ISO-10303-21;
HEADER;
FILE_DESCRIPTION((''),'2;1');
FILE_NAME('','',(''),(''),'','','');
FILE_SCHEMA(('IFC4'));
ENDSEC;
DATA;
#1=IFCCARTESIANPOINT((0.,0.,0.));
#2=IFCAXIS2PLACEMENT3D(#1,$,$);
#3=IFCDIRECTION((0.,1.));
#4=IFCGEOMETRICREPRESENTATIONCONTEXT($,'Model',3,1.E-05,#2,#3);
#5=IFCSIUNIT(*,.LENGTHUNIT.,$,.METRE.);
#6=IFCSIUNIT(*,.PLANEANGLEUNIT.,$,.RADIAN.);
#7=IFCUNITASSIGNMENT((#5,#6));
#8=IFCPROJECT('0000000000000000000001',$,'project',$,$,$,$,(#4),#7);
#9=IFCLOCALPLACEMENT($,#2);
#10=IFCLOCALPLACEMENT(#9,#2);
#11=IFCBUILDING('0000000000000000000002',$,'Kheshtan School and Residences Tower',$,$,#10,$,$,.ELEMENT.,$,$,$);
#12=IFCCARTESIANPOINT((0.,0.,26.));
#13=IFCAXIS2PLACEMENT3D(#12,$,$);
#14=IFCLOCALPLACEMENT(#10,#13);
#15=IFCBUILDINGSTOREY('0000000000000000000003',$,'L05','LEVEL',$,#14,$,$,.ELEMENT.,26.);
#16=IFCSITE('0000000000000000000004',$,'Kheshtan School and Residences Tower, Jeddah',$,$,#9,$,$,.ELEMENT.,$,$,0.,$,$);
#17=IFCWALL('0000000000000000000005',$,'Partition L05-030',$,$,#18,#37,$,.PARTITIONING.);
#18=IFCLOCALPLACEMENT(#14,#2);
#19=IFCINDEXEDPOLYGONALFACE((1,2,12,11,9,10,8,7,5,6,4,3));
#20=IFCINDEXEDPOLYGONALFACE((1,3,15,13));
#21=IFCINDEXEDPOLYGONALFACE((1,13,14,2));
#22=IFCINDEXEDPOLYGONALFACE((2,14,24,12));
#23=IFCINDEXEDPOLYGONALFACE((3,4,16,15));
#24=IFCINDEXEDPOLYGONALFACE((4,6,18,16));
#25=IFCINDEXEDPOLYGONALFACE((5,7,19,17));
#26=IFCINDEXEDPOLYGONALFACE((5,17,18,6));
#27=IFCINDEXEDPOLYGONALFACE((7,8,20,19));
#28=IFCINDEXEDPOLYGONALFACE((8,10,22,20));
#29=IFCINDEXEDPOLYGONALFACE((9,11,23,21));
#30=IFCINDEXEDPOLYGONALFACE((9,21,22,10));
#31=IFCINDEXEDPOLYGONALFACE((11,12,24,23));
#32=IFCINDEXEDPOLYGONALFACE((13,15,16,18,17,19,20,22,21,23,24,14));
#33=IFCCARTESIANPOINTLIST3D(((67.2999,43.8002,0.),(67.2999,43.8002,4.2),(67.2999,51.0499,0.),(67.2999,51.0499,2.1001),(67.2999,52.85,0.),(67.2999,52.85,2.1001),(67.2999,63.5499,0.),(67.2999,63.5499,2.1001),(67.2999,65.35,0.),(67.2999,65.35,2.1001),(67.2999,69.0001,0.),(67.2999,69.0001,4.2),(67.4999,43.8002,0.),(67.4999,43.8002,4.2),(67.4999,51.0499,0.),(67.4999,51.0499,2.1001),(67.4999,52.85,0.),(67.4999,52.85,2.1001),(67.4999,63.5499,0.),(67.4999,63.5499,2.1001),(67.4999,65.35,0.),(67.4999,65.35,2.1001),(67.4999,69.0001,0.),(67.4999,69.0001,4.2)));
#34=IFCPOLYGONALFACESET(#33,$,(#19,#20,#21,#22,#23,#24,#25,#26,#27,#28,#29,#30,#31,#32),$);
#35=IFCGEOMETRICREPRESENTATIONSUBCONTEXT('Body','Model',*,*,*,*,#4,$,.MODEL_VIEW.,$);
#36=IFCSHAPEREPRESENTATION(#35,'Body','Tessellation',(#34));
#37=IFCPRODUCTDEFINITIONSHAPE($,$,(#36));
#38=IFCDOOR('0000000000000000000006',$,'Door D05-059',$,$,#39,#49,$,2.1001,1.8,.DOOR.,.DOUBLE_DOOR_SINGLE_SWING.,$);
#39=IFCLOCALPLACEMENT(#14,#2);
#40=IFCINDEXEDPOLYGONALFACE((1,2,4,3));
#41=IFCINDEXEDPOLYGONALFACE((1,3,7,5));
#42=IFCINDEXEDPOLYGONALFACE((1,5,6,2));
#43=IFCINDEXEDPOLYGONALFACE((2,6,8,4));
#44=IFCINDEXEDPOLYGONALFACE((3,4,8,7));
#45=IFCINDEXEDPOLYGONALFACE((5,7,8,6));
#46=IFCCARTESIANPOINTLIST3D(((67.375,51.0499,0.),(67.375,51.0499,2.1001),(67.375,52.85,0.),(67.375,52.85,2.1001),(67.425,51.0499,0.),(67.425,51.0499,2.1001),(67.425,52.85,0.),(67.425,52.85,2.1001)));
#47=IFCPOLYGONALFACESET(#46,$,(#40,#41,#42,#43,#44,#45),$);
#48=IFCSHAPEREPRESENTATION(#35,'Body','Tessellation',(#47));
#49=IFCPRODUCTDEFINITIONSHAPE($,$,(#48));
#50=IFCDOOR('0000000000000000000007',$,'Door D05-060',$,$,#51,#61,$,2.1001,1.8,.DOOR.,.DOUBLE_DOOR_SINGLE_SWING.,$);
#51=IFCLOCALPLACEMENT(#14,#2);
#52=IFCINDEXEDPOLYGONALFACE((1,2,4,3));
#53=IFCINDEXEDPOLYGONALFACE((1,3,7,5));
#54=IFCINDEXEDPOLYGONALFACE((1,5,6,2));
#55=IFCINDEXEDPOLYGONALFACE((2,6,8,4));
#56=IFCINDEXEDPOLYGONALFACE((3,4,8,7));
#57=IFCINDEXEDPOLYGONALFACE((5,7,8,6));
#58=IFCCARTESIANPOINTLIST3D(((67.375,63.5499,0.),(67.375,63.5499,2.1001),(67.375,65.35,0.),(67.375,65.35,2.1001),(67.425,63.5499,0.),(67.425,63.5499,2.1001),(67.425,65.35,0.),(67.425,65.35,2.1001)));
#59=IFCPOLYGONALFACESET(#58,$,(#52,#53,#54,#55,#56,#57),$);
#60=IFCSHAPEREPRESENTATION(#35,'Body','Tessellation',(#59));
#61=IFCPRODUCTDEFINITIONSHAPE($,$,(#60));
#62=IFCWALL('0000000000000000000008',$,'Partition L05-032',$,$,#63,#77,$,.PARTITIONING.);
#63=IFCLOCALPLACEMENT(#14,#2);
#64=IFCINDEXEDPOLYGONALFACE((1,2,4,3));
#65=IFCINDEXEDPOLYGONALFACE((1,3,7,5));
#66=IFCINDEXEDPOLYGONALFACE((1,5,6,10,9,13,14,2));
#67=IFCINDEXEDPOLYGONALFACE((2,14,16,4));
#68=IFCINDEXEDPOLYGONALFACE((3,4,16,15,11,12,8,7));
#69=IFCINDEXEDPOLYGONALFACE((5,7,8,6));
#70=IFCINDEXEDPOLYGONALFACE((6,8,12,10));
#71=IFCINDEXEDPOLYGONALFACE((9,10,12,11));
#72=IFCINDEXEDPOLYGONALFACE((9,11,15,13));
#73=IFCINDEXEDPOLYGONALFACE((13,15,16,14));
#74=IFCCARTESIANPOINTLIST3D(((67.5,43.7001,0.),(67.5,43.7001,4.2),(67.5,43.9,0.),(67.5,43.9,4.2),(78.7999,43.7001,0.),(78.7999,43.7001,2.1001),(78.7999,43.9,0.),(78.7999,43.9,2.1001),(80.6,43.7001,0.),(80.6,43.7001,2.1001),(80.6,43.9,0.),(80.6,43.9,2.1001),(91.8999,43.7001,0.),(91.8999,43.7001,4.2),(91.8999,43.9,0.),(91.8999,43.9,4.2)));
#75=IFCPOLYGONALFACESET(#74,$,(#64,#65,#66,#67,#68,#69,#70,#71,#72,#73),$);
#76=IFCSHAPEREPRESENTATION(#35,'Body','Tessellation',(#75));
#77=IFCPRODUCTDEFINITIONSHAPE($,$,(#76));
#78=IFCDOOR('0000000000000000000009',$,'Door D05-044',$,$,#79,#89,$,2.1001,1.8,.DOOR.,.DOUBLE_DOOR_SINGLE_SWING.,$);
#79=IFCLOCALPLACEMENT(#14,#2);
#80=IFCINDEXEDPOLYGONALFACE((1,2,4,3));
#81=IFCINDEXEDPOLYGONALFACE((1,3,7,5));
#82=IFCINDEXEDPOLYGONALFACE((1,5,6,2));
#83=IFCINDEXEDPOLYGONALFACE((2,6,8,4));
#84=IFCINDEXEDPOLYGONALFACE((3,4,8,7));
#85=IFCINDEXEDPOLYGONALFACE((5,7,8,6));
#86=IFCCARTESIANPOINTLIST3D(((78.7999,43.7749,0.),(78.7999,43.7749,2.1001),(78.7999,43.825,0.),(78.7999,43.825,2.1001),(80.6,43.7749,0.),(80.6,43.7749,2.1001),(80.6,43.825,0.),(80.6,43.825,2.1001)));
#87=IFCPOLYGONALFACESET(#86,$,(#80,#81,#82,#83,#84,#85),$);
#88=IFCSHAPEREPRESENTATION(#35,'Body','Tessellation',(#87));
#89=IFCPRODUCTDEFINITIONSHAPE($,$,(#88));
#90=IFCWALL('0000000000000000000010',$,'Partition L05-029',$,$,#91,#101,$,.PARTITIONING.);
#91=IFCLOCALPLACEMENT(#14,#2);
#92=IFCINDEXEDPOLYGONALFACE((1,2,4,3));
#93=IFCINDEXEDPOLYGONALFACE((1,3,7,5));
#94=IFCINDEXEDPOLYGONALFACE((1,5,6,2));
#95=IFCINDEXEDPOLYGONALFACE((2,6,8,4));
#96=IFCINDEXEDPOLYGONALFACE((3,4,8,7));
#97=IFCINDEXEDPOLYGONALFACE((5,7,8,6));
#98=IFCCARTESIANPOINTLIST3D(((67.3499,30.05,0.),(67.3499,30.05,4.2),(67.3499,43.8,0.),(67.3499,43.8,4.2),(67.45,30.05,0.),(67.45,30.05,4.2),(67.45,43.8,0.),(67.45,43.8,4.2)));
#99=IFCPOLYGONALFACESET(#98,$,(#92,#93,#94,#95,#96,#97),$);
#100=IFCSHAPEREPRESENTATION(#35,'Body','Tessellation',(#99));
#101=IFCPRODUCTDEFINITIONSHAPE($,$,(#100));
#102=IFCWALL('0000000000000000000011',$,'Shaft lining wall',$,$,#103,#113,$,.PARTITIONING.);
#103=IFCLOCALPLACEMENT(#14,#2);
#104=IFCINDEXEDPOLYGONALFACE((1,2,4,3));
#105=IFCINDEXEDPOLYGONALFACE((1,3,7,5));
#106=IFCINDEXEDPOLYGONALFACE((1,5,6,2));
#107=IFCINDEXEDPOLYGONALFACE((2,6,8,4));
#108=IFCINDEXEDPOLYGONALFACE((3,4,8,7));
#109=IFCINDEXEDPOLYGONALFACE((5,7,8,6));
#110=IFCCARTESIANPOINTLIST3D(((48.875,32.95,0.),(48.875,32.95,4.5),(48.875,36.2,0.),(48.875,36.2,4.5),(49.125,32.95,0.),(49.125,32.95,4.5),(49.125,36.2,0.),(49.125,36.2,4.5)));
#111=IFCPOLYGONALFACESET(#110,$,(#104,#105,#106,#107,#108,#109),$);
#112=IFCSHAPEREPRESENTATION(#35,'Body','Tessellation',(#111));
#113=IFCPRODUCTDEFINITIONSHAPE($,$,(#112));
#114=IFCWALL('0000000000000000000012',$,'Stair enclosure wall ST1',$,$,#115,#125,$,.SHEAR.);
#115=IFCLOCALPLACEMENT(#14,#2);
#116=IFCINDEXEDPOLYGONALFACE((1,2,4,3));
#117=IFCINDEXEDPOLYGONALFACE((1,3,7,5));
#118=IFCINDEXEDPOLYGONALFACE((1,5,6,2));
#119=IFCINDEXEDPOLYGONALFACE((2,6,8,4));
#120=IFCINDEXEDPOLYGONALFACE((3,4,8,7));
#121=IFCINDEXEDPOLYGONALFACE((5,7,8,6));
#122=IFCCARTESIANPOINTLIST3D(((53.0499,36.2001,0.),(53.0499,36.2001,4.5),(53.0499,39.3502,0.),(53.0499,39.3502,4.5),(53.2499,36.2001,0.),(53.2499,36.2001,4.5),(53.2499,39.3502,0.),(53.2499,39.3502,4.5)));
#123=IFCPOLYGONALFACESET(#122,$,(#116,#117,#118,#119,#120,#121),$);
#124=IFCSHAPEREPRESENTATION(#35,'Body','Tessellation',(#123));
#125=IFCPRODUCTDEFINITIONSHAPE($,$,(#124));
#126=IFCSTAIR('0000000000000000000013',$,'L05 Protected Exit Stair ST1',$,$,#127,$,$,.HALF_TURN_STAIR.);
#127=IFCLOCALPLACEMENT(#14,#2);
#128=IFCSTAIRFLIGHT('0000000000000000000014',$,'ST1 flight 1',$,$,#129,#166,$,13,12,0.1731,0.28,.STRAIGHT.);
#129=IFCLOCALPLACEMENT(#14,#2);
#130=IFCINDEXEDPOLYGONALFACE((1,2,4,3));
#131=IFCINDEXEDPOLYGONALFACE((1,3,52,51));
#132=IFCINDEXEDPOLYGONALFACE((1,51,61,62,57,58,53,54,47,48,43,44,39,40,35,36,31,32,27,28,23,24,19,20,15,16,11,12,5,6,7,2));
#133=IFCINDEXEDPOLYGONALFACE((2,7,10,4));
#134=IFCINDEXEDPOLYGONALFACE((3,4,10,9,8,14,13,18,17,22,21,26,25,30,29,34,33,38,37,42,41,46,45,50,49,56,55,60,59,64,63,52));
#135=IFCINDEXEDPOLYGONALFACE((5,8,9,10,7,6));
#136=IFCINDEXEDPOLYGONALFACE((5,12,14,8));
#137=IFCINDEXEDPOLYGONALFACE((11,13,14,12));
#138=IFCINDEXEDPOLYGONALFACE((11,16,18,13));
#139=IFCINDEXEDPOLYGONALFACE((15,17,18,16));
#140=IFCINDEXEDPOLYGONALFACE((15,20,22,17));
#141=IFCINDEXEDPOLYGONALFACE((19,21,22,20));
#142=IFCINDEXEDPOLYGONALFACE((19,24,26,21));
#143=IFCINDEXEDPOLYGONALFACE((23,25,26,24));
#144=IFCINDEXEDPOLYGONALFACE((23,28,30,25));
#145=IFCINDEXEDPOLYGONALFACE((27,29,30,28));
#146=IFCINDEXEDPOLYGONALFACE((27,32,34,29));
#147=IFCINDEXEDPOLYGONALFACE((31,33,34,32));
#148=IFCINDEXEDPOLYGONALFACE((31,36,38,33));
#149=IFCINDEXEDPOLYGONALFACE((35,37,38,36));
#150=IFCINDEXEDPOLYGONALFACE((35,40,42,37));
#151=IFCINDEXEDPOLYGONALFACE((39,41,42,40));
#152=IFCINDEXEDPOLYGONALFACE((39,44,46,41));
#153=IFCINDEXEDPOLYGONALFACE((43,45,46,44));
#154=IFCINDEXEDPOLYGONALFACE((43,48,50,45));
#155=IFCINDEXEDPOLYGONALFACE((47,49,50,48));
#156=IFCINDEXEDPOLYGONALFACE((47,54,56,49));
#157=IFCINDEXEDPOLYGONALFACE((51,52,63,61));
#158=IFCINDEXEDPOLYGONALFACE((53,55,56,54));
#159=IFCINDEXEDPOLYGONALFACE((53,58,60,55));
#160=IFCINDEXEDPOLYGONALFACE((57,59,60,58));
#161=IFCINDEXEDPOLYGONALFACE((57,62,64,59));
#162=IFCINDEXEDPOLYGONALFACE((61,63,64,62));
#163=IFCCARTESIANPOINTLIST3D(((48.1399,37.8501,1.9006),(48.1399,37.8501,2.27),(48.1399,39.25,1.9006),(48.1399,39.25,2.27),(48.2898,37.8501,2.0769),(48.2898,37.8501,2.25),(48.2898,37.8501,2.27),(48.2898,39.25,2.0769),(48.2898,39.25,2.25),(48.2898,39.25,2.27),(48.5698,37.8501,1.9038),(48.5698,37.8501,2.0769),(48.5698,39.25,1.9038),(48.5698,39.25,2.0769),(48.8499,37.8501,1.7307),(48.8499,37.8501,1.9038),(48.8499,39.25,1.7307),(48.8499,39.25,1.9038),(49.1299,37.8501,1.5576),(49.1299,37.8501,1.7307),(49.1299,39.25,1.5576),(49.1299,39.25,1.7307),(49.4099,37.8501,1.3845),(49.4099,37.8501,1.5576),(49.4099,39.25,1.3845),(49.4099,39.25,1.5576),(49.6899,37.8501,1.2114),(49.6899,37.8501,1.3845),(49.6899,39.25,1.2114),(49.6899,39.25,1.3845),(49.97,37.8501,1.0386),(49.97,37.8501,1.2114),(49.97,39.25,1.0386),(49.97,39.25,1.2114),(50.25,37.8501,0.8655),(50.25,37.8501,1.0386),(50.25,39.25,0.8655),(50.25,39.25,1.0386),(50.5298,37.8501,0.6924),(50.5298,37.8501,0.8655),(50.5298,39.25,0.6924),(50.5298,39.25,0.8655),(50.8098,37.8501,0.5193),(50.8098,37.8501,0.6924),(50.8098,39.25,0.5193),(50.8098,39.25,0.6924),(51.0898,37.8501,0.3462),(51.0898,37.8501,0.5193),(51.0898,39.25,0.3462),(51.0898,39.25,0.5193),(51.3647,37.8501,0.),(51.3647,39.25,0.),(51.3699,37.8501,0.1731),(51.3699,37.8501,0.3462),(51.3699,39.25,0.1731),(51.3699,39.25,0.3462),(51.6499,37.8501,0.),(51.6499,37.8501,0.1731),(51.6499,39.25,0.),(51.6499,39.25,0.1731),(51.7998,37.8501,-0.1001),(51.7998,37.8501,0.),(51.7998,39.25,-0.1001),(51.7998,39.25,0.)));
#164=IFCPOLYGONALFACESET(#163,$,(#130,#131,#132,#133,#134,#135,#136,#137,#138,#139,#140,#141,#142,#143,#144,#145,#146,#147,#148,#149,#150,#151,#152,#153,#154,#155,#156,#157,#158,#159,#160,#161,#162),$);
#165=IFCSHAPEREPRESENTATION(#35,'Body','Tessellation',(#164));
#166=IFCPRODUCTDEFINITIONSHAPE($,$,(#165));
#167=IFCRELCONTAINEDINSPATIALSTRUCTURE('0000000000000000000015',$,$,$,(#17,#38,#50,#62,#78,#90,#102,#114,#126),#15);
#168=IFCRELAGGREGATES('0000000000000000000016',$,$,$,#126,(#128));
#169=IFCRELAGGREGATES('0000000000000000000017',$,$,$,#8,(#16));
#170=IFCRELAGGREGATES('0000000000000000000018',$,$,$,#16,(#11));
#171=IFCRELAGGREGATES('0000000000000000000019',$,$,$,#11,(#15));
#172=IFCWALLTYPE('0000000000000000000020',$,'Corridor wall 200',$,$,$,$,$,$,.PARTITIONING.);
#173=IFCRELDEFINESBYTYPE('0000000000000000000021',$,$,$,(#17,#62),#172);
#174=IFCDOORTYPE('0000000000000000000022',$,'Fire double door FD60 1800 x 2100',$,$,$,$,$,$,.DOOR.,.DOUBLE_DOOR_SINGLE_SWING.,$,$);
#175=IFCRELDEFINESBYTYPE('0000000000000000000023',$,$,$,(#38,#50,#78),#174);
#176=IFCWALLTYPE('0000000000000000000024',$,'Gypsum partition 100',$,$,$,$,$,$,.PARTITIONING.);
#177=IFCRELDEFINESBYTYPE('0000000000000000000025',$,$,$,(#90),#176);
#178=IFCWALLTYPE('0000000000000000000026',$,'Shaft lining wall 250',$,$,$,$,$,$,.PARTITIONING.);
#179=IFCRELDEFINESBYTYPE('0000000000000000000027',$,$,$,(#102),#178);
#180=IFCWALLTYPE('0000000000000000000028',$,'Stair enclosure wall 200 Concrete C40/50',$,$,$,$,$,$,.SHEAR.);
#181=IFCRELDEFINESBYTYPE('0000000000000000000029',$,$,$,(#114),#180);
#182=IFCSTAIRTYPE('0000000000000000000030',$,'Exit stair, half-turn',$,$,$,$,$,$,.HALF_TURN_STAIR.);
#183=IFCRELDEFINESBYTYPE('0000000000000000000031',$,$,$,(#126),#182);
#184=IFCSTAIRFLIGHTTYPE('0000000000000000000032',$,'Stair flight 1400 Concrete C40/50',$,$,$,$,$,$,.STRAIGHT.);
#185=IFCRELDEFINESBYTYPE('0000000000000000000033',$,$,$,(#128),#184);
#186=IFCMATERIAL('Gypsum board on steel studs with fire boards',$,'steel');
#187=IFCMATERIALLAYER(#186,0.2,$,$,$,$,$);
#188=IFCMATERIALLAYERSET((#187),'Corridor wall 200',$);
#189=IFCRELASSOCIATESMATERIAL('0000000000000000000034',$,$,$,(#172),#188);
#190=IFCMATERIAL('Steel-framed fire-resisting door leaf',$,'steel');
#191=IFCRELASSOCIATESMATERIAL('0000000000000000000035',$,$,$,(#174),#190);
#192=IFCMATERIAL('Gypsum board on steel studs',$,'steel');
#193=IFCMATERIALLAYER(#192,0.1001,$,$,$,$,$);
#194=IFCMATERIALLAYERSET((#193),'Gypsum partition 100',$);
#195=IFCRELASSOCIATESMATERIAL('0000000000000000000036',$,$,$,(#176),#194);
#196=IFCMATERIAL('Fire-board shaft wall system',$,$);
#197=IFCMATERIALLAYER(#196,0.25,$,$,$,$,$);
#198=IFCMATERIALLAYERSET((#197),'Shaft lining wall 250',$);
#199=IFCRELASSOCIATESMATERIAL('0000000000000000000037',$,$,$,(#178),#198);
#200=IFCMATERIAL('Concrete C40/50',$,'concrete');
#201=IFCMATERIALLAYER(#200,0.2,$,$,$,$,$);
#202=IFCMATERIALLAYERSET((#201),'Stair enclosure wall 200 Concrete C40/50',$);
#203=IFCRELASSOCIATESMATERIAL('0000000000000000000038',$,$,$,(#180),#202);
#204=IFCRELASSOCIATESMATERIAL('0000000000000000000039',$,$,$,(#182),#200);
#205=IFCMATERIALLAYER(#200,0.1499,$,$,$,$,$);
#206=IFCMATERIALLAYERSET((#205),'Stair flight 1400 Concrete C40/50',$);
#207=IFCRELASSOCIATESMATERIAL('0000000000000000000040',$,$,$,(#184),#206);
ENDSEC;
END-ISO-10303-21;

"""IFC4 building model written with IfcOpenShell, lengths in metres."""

from ifc_helpers import new_model, si_unit, direction, frame, frame_2d, origin, place, context, subcontext, project, spatial, polyline, rectangle, outline, extrude, source, transform, mapped, material, layer, layer_set, type_object, element, fill, aggregate, save


model = new_model("IFC4")

# Units and contexts
model_context = context("Model", 3, precision=1e-05, world=origin(), true_north=direction((0.0, 1.0)))
body_context = subcontext(model_context, "Body", "Model", "MODEL_VIEW")
ifc_project = project(units=[si_unit("LENGTHUNIT", "METRE"), si_unit("PLANEANGLEUNIT", "RADIAN")], contexts=[model_context])

# Site, building, storey
site_placement = place(None, origin())
site = spatial("IfcSite", under=ifc_project, at=site_placement, Name="Kheshtan School and Residences Tower, Jeddah", CompositionType="ELEMENT", RefElevation=0.0)
building_placement = place(site_placement, origin())
building = spatial("IfcBuilding", under=site, at=building_placement, Name="Kheshtan School and Residences Tower", CompositionType="ELEMENT")
storey_placement = place(building_placement, frame((0.0, 0.0, 26.0)))
storey = spatial("IfcBuildingStorey", under=building, at=storey_placement, Name="L05", Description="LEVEL", CompositionType="ELEMENT", Elevation=26.0)

# Wall, openings, doors
ifc_material_1 = material(Name="Gypsum board on steel studs with fire boards", Category="steel")
ifc_layer_1 = layer(ifc_material_1, 0.2)
ifc_layer_set_1 = layer_set([ifc_layer_1], Name="Corridor wall 200")
wall_type_1 = type_object("IfcWallType", Name="Corridor wall 200", PredefinedType="PARTITIONING", material=ifc_layer_set_1)
wall_1_placement = place(storey_placement, frame((67.3999, 43.8, 0.0), z_axis=(0.0, 0.0, 1.0), x_axis=(0.0, 1.0, 0.0)))
wall_1 = element("IfcWall", 1, at=wall_1_placement, inside=storey, type_object=wall_type_1, Name="Partition L05-030", PredefinedType="PARTITIONING", context=body_context, shape_type="SweptSolid", body=[
    extrude(rectangle(XDim=25.2, YDim=0.2, at=frame_2d((12.6001, 0.0))), origin(), (0.0, 0.0, 1.0), 4.2),
])
opening_1_placement = place(wall_1_placement, frame((7.25, 0.0, 0.0)))
opening_1 = element("IfcOpeningElement", 2, at=opening_1_placement, cuts=wall_1, PredefinedType="OPENING", context=body_context, shape_type="SweptSolid", body=[
    extrude(rectangle(XDim=1.8, YDim=2.1001, at=frame_2d((0.8999, 1.05))), frame((0.0, 0.1099, 0.0), z_axis=(0.0, -1.0, 0.0), x_axis=(1.0, 0.0, 0.0)), (0.0, 0.0, 1.0), 0.22),
])
opening_2_placement = place(wall_1_placement, frame((19.75, 0.0, 0.0)))
opening_2 = element("IfcOpeningElement", 3, at=opening_2_placement, cuts=wall_1, PredefinedType="OPENING", context=body_context, shape_type="SweptSolid", body=[
    extrude(rectangle(XDim=1.8, YDim=2.1001, at=frame_2d((0.8999, 1.05))), frame((0.0, 0.1099, 0.0), z_axis=(0.0, -1.0, 0.0), x_axis=(1.0, 0.0, 0.0)), (0.0, 0.0, 1.0), 0.22),
])
ifc_material_2 = material(Name="Steel-framed fire-resisting door leaf", Category="steel")
door_type = type_object("IfcDoorType", Name="Fire double door FD60 1800 x 2100", OperationType="DOUBLE_DOOR_SINGLE_SWING", PredefinedType="DOOR", material=ifc_material_2)
shared_shape = source(origin(), body_context, "Body", "SweptSolid", [
    extrude(rectangle(XDim=1.8, YDim=2.1001, at=frame_2d((0.8999, 1.05))), frame((0.0, 0.0249, 0.0), z_axis=(0.0, -1.0, 0.0), x_axis=(1.0, 0.0, 0.0)), (0.0, 0.0, 1.0), 0.05),
])
door_1_placement = place(opening_1_placement, origin())
door_1 = element("IfcDoor", 4, at=door_1_placement, inside=storey, type_object=door_type, Name="Door D05-059", OperationType="DOUBLE_DOOR_SINGLE_SWING", OverallHeight=2.1001, OverallWidth=1.8, PredefinedType="DOOR", context=body_context, shape_type="MappedRepresentation", body=[
    mapped(shared_shape, transform((0.0, 0.0, 0.0), x_axis=(1.0, 0.0, 0.0), y_axis=(0.0, 1.0, 0.0), z_axis=(0.0, 0.0, 1.0), scale=1.0)),
])
fill(opening_1, door_1)
door_2_placement = place(opening_2_placement, origin())
door_2 = element("IfcDoor", 5, at=door_2_placement, inside=storey, type_object=door_type, Name="Door D05-060", OperationType="DOUBLE_DOOR_SINGLE_SWING", OverallHeight=2.1001, OverallWidth=1.8, PredefinedType="DOOR", context=body_context, shape_type="MappedRepresentation", body=[
    mapped(shared_shape, transform((0.0, 0.0, 0.0), x_axis=(1.0, 0.0, 0.0), y_axis=(0.0, 1.0, 0.0), z_axis=(0.0, 0.0, 1.0), scale=1.0)),
])
fill(opening_2, door_2)

# Wall, opening, door
wall_2_placement = place(storey_placement, frame((67.5, 43.8, 0.0), z_axis=(0.0, 0.0, 1.0), x_axis=(1.0, 0.0, 0.0)))
wall_2 = element("IfcWall", 6, at=wall_2_placement, inside=storey, type_object=wall_type_1, Name="Partition L05-032", PredefinedType="PARTITIONING", context=body_context, shape_type="SweptSolid", body=[
    extrude(rectangle(XDim=24.3999, YDim=0.2, at=frame_2d((12.2, 0.0))), origin(), (0.0, 0.0, 1.0), 4.2),
])
opening_3_placement = place(wall_2_placement, frame((11.3, 0.0, 0.0)))
opening_3 = element("IfcOpeningElement", 7, at=opening_3_placement, cuts=wall_2, PredefinedType="OPENING", context=body_context, shape_type="SweptSolid", body=[
    extrude(rectangle(XDim=1.8, YDim=2.1001, at=frame_2d((0.8999, 1.05))), frame((0.0, 0.1099, 0.0), z_axis=(0.0, -1.0, 0.0), x_axis=(1.0, 0.0, 0.0)), (0.0, 0.0, 1.0), 0.22),
])
door_3_placement = place(opening_3_placement, origin())
door_3 = element("IfcDoor", 8, at=door_3_placement, inside=storey, type_object=door_type, Name="Door D05-044", OperationType="DOUBLE_DOOR_SINGLE_SWING", OverallHeight=2.1001, OverallWidth=1.8, PredefinedType="DOOR", context=body_context, shape_type="MappedRepresentation", body=[
    mapped(shared_shape, transform((0.0, 0.0, 0.0), x_axis=(1.0, 0.0, 0.0), y_axis=(0.0, 1.0, 0.0), z_axis=(0.0, 0.0, 1.0), scale=1.0)),
])
fill(opening_3, door_3)

# Walls
ifc_material_3 = material(Name="Gypsum board on steel studs", Category="steel")
ifc_layer_2 = layer(ifc_material_3, 0.1001)
ifc_layer_set_2 = layer_set([ifc_layer_2], Name="Gypsum partition 100")
wall_type_2 = type_object("IfcWallType", Name="Gypsum partition 100", PredefinedType="PARTITIONING", material=ifc_layer_set_2)
wall_3_placement = place(storey_placement, frame((67.3999, 30.05, 0.0), z_axis=(0.0, 0.0, 1.0), x_axis=(0.0, 1.0, 0.0)))
element("IfcWall", 9, at=wall_3_placement, inside=storey, type_object=wall_type_2, Name="Partition L05-029", PredefinedType="PARTITIONING", context=body_context, shape_type="SweptSolid", body=[
    extrude(rectangle(XDim=13.75, YDim=0.1001, at=frame_2d((6.875, 0.0))), origin(), (0.0, 0.0, 1.0), 4.2),
])
ifc_material_4 = material(Name="Fire-board shaft wall system")
ifc_layer_3 = layer(ifc_material_4, 0.25)
ifc_layer_set_3 = layer_set([ifc_layer_3], Name="Shaft lining wall 250")
wall_type_3 = type_object("IfcWallType", Name="Shaft lining wall 250", PredefinedType="PARTITIONING", material=ifc_layer_set_3)
wall_4_placement = place(storey_placement, frame((49.0, 32.95, 0.0), z_axis=(0.0, 0.0, 1.0), x_axis=(0.0, 1.0, 0.0)))
element("IfcWall", 10, at=wall_4_placement, inside=storey, type_object=wall_type_3, Name="Shaft lining wall", PredefinedType="PARTITIONING", context=body_context, shape_type="SweptSolid", body=[
    extrude(rectangle(XDim=3.25, YDim=0.25, at=frame_2d((1.625, 0.0))), origin(), (0.0, 0.0, 1.0), 4.5),
])
ifc_material_5 = material(Name="Concrete C40/50", Category="concrete")
ifc_layer_4 = layer(ifc_material_5, 0.2)
ifc_layer_set_4 = layer_set([ifc_layer_4], Name="Stair enclosure wall 200 Concrete C40/50")
wall_type_4 = type_object("IfcWallType", Name="Stair enclosure wall 200 Concrete C40/50", PredefinedType="SHEAR", material=ifc_layer_set_4)
wall_5_placement = place(storey_placement, frame((53.1499, 36.2, 0.0), z_axis=(0.0, 0.0, 1.0), x_axis=(0.0, 1.0, 0.0)))
element("IfcWall", 11, at=wall_5_placement, inside=storey, type_object=wall_type_4, Name="Stair enclosure wall ST1", PredefinedType="SHEAR", context=body_context, shape_type="SweptSolid", body=[
    extrude(rectangle(XDim=3.1501, YDim=0.2, at=frame_2d((1.5752, 0.0))), origin(), (0.0, 0.0, 1.0), 4.5),
])

# Stair, stair flight
stair_type = type_object("IfcStairType", Name="Exit stair, half-turn", PredefinedType="HALF_TURN_STAIR", material=ifc_material_5)
stair_placement = place(storey_placement, origin())
stair = element("IfcStair", 12, at=stair_placement, inside=storey, type_object=stair_type, Name="L05 Protected Exit Stair ST1", PredefinedType="HALF_TURN_STAIR")
ifc_layer_5 = layer(ifc_material_5, 0.1499)
ifc_layer_set_5 = layer_set([ifc_layer_5], Name="Stair flight 1400 Concrete C40/50")
stair_flight_type = type_object("IfcStairFlightType", Name="Stair flight 1400 Concrete C40/50", PredefinedType="STRAIGHT", material=ifc_layer_set_5)
stair_flight_placement = place(storey_placement, frame((51.6499, 38.55, 0.0), z_axis=(0.0, 0.0, 1.0), x_axis=(-1.0, 0.0, 0.0)))
stair_flight = element("IfcStairFlight", 13, at=stair_flight_placement, type_object=stair_flight_type, Name="ST1 flight 1", NumberOfRisers=13, NumberOfTreads=12, PredefinedType="STRAIGHT", RiserHeight=0.1731, TreadLength=0.28, context=body_context, shape_type="SweptSolid", body=[
    extrude(outline(polyline([(-0.1499, -0.1001), (-0.1499, 0.0), (0.0, 0.0), (0.0, 0.1731), (0.28, 0.1731), (0.28, 0.3462), (0.5601, 0.3462), (0.5601, 0.5193), (0.8401, 0.5193), (0.8401, 0.6924), (1.1201, 0.6924), (1.1201, 0.8655), (1.3999, 0.8655), (1.3999, 1.0386), (1.6799, 1.0386), (1.6799, 1.2114), (1.96, 1.2114), (1.96, 1.3845), (2.24, 1.3845), (2.24, 1.5576), (2.52, 1.5576), (2.52, 1.7307), (2.8, 1.7307), (2.8, 1.9038), (3.0801, 1.9038), (3.0801, 2.0769), (3.3601, 2.0769), (3.3601, 2.25), (3.3601, 2.27), (3.51, 2.27), (3.51, 1.9006), (0.2852, 0.0), (-0.1499, -0.1001)])), frame((0.0, 0.7, 0.0), z_axis=(0.0, -1.0, 0.0), x_axis=(1.0, 0.0, 0.0)), (0.0, 0.0, 1.0), 1.3999),
])
aggregate(stair, [stair_flight])

save(model, "model.ifc")
